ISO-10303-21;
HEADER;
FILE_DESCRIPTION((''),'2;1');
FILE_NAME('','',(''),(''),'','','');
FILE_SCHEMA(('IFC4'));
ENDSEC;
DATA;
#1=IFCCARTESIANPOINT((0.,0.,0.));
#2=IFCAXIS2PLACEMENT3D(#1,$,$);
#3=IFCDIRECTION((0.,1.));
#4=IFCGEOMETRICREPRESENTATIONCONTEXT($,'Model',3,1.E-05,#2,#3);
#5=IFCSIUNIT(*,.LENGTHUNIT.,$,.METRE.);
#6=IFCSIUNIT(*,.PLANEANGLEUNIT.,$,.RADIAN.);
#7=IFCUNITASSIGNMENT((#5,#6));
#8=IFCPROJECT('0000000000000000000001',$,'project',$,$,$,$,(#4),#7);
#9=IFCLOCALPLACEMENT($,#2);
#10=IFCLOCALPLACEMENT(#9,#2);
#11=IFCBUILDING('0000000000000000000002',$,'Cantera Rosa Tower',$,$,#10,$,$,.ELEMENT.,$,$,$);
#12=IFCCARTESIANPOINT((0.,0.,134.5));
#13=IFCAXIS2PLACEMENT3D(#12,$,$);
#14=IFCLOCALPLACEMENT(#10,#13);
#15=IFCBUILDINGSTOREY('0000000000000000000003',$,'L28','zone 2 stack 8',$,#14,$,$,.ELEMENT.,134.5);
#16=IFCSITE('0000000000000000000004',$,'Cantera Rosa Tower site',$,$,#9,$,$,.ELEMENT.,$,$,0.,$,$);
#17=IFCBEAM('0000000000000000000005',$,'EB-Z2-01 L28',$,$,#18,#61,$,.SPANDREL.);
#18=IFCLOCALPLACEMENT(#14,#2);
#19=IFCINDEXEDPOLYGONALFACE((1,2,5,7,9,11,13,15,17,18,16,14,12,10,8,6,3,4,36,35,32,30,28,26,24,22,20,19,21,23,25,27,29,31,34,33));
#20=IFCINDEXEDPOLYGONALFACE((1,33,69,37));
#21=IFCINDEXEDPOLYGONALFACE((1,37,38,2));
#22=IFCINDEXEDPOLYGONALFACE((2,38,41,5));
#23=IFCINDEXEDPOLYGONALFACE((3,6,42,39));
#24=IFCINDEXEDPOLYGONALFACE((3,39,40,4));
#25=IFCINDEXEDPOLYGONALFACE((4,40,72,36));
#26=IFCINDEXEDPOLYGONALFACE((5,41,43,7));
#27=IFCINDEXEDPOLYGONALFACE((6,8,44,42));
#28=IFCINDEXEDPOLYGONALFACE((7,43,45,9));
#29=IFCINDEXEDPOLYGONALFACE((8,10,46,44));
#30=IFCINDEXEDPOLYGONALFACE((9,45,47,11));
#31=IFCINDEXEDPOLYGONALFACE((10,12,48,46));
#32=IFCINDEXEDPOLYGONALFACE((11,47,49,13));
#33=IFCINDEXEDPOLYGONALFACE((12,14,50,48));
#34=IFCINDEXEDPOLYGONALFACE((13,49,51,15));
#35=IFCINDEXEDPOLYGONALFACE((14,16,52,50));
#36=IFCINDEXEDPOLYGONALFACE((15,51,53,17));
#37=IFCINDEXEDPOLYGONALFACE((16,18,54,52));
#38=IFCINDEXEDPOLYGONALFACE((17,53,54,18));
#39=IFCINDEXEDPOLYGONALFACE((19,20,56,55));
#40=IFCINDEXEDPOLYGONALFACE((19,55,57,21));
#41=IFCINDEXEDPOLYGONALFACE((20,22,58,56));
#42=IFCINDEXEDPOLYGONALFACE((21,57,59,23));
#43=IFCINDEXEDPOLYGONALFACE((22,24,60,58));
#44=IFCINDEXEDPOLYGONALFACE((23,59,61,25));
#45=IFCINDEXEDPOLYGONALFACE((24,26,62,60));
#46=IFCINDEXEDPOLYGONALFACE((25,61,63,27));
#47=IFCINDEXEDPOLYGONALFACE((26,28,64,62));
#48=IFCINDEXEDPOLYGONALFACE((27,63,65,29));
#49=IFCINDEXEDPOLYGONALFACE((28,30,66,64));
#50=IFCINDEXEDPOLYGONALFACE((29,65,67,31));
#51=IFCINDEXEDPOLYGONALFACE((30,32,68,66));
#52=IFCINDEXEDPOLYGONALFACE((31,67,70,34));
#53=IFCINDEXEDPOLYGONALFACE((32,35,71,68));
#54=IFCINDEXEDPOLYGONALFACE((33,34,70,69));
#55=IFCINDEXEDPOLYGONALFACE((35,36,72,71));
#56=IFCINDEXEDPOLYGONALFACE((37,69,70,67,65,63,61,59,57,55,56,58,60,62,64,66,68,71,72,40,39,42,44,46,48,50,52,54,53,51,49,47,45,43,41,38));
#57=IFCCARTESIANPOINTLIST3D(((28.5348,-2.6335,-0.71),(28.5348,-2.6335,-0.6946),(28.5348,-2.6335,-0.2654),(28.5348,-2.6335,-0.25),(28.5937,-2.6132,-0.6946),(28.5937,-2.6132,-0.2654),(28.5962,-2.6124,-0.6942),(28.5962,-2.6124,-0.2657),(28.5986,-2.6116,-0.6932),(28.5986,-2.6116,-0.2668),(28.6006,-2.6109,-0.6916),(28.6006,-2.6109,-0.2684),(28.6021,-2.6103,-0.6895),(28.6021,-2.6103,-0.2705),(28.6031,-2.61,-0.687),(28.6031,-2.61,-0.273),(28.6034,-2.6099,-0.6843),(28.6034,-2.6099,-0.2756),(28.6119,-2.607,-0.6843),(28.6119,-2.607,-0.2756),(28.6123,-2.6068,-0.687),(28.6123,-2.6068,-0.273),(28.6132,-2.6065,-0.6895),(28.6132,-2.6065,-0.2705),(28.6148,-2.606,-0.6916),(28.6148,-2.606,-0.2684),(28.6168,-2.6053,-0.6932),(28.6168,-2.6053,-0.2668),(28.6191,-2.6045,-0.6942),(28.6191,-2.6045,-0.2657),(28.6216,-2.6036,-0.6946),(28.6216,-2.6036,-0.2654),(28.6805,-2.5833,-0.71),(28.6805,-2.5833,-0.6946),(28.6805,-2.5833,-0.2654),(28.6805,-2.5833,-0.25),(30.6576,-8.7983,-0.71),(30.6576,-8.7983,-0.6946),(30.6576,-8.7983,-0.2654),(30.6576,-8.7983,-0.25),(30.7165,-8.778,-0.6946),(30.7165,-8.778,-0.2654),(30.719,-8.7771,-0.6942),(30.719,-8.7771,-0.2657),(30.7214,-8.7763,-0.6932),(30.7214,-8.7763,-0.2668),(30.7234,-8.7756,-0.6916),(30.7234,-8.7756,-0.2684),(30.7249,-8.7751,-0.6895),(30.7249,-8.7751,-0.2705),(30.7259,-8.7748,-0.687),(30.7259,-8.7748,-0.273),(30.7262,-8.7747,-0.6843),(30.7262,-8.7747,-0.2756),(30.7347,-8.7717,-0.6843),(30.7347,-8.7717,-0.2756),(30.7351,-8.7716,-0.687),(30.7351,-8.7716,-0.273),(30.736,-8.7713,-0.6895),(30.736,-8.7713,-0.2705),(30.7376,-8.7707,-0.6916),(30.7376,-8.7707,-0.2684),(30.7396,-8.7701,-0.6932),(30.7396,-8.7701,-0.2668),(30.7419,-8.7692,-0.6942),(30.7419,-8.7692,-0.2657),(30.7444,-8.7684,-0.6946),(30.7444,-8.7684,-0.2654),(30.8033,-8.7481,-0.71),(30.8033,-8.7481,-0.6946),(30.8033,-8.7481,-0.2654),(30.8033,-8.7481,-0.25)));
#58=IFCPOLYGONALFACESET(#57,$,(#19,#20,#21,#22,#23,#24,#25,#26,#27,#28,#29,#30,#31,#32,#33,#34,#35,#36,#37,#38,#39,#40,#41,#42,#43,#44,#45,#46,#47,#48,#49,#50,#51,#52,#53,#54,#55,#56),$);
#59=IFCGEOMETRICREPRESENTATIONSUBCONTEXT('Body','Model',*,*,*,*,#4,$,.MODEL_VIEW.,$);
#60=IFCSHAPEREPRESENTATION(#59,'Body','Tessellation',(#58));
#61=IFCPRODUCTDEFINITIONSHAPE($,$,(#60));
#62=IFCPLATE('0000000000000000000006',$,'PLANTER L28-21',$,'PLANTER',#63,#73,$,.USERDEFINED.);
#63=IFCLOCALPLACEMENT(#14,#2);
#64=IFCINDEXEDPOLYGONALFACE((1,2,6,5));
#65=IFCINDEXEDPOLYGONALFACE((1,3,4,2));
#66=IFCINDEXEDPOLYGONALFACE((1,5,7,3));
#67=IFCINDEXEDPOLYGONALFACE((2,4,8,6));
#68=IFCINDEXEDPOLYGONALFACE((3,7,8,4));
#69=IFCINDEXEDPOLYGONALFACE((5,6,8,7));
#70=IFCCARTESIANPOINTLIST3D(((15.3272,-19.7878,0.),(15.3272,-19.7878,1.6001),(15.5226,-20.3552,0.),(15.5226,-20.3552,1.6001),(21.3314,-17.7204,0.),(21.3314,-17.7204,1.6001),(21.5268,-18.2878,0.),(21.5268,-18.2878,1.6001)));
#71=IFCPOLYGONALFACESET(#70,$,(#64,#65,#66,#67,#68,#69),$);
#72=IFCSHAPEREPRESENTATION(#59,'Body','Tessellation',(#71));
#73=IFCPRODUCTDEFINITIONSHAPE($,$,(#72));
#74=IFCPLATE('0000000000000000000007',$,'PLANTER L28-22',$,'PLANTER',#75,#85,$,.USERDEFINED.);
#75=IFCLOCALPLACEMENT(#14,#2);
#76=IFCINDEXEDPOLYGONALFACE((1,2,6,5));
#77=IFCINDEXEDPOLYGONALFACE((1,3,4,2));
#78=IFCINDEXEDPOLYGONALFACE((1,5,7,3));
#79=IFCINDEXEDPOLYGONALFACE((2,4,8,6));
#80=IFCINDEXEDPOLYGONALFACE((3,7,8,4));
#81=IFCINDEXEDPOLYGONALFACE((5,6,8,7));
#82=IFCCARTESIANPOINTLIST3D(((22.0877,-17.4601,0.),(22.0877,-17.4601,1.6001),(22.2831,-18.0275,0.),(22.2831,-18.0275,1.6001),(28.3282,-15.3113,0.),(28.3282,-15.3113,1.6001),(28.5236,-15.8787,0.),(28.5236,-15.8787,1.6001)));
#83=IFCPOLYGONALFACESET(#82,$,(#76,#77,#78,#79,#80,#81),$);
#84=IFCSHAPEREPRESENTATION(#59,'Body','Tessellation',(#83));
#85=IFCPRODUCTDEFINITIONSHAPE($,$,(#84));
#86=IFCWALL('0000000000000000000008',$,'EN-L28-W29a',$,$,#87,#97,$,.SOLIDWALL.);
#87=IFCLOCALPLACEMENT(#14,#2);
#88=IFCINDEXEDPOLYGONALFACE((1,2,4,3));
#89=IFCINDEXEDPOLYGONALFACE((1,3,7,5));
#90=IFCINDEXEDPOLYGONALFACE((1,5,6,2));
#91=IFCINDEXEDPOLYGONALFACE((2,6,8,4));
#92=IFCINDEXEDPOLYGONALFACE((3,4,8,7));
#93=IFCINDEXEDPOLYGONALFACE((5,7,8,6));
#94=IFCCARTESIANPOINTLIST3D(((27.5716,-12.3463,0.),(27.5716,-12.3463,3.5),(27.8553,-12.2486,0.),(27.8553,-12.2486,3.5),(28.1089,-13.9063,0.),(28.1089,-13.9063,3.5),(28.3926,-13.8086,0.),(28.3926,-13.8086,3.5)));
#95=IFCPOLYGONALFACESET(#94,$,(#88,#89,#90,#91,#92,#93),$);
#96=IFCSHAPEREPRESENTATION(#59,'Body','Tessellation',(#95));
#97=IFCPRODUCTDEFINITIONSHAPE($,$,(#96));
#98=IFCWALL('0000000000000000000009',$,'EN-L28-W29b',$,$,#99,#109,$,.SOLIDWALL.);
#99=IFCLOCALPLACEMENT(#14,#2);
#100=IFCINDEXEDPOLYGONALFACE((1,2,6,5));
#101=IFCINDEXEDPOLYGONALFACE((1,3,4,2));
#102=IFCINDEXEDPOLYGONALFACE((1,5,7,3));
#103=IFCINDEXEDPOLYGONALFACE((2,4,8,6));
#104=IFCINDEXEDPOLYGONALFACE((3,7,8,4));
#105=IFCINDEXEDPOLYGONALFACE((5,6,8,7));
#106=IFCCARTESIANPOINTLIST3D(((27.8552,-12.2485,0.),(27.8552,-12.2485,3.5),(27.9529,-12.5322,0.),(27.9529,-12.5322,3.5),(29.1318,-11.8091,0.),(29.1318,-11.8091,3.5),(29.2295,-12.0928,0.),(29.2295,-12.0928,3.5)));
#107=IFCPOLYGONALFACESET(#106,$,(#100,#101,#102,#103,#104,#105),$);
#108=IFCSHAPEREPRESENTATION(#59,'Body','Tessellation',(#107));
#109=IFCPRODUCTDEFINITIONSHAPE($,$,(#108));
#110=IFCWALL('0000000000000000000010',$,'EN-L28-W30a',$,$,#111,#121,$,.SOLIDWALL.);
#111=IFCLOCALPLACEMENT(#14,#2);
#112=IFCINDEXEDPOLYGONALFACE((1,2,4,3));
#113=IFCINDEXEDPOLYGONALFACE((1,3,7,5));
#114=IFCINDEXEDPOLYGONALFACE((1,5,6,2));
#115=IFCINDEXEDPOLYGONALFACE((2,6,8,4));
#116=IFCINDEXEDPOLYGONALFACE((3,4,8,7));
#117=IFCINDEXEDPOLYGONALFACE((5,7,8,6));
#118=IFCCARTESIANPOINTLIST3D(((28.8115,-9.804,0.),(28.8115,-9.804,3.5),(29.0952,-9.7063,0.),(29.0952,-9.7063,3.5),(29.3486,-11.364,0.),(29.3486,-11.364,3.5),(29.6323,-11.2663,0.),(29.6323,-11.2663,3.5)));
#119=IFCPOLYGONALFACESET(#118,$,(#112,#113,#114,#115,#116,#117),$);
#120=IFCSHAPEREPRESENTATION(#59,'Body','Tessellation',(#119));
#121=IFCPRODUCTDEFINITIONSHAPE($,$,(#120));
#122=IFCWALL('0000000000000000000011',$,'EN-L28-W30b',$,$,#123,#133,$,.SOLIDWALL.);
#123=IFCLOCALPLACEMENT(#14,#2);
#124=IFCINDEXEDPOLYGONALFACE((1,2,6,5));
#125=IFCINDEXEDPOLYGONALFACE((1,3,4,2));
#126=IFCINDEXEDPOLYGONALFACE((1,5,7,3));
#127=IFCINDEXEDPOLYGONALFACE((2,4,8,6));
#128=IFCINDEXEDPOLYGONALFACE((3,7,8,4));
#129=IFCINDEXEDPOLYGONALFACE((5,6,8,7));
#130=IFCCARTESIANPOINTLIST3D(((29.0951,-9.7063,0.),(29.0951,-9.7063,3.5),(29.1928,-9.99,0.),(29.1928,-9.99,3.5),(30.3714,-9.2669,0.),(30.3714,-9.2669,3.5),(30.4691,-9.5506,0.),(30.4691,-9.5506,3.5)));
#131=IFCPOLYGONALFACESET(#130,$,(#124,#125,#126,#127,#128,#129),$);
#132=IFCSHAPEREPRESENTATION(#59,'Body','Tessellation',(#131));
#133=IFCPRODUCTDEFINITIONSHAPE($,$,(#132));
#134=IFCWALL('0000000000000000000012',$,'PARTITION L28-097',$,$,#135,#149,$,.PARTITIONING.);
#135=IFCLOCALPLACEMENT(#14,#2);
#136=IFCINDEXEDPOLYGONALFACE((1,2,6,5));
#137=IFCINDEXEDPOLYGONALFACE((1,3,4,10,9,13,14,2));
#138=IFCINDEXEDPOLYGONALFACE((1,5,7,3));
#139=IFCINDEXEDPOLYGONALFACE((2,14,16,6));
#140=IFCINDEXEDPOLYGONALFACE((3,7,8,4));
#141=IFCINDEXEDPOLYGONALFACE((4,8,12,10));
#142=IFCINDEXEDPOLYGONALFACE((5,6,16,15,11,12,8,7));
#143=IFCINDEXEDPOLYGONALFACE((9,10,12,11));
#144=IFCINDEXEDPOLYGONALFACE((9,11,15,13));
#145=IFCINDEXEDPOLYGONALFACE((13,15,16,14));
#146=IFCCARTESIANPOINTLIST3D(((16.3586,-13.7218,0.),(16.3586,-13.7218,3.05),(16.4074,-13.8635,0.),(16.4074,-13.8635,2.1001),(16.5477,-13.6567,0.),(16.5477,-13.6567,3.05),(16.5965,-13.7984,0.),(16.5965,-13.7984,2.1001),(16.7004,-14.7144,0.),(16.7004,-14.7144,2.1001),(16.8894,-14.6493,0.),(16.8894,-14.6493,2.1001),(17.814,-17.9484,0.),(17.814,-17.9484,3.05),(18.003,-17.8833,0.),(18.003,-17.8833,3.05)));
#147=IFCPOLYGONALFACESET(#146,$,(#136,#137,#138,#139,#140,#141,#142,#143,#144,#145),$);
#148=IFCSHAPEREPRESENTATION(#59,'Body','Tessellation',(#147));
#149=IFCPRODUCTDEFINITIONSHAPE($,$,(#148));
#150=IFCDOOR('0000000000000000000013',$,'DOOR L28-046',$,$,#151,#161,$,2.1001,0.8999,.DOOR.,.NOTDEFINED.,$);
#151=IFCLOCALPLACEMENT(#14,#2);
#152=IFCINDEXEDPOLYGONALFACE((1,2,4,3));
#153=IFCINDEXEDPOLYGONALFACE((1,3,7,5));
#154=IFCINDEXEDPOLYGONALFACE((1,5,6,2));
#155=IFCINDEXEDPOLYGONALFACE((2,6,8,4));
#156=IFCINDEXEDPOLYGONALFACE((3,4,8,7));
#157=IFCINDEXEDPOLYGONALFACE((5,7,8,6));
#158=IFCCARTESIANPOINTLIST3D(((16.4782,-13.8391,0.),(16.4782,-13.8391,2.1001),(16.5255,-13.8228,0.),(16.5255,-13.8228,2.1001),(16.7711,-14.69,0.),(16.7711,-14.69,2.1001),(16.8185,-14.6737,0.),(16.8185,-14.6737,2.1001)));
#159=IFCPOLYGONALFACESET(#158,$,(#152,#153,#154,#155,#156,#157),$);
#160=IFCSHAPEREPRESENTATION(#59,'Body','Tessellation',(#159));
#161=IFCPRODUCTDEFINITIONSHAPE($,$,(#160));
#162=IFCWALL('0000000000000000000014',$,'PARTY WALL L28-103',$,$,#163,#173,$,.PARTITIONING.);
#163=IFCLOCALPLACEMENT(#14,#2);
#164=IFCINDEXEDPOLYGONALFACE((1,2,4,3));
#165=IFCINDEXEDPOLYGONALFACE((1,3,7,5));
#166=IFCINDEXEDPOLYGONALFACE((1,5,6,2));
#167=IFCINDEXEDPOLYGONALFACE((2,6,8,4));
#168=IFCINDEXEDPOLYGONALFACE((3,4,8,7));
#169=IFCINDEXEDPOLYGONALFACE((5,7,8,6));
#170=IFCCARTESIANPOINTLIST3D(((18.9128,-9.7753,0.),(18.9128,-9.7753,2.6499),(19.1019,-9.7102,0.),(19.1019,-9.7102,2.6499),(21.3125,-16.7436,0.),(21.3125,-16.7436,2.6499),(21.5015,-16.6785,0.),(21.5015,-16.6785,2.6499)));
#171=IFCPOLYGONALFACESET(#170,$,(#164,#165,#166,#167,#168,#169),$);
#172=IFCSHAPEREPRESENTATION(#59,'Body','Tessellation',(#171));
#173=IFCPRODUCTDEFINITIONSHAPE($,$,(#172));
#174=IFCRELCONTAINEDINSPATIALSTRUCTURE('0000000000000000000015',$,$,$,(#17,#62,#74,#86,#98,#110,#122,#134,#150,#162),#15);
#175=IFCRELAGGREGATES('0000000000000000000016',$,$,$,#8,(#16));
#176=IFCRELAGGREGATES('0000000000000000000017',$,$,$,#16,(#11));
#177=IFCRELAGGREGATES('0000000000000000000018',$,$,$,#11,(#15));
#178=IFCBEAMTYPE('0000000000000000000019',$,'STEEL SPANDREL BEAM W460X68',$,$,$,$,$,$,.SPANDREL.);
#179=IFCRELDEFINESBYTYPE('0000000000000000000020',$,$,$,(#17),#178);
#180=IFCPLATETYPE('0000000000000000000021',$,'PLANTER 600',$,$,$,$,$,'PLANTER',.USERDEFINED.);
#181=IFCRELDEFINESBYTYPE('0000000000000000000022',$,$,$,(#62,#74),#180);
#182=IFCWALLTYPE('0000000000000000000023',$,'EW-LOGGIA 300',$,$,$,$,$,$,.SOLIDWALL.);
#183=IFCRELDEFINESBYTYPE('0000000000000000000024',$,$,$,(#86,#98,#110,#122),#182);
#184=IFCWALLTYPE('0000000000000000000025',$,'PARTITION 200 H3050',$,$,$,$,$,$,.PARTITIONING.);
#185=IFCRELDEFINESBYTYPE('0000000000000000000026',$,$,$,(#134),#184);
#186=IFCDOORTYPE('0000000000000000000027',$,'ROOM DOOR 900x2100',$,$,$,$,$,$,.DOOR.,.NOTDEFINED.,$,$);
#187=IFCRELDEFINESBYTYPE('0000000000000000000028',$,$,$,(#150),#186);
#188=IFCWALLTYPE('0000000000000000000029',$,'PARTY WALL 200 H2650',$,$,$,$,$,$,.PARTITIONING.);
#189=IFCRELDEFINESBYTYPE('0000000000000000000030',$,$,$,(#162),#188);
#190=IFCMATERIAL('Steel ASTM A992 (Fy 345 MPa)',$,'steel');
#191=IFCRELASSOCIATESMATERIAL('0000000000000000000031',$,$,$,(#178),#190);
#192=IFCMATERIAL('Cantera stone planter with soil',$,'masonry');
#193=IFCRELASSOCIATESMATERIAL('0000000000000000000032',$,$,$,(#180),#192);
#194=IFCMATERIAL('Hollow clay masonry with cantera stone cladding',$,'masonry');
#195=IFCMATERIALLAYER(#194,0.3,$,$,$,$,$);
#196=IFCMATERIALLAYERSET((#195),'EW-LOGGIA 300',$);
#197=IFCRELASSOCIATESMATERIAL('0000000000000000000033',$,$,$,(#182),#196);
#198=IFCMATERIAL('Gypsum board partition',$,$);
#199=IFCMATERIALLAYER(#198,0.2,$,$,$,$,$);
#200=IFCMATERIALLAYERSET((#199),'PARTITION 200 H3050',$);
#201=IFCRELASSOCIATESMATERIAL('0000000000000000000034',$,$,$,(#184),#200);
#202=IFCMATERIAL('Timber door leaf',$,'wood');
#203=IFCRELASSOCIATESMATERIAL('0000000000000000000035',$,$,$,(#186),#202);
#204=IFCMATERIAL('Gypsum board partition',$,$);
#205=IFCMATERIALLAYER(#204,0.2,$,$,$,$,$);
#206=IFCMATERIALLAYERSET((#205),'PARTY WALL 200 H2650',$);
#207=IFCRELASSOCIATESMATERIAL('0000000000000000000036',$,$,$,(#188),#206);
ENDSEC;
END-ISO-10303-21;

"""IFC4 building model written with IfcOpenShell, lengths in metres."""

from ifc_helpers import new_model, si_unit, direction, frame, frame_2d, origin, origin_2d, place, context, subcontext, project, spatial, rectangle, i_section, extrude, material, layer, layer_set, material_profile, profile_set, type_object, element, fill, save


model = new_model("IFC4")

# Units and contexts
model_context = context("Model", 3, precision=1e-05, world=origin(), true_north=direction((0.0, 1.0)))
body_context = subcontext(model_context, "Body", "Model", "MODEL_VIEW")
ifc_project = project(units=[si_unit("LENGTHUNIT", "METRE"), si_unit("PLANEANGLEUNIT", "RADIAN")], contexts=[model_context])

# Site, building, storey
site_placement = place(None, origin())
site = spatial("IfcSite", under=ifc_project, at=site_placement, Name="Cantera Rosa Tower site", CompositionType="ELEMENT", RefElevation=0.0)
building_placement = place(site_placement, origin())
building = spatial("IfcBuilding", under=site, at=building_placement, Name="Cantera Rosa Tower", CompositionType="ELEMENT")
storey_placement = place(building_placement, frame((0.0, 0.0, 134.5)))
storey = spatial("IfcBuildingStorey", under=building, at=storey_placement, Name="L28", Description="zone 2 stack 8", CompositionType="ELEMENT", Elevation=134.5)

# Beam
ifc_material_1 = material(Name="Steel ASTM A992 (Fy 345 MPa)", Category="steel")
ifc_material_profile_1 = material_profile(ifc_material_1, i_section(OverallWidth=0.1541, OverallDepth=0.46, WebThickness=0.009, FlangeThickness=0.0154, FilletRadius=0.0103, at=origin_2d()), Name="W460X68")
ifc_profile_set_1 = profile_set([ifc_material_profile_1], Name="Steel ASTM A992 (Fy 345 MPa)")
beam_type_1 = type_object("IfcBeamType", Name="STEEL SPANDREL BEAM W460X68", PredefinedType="SPANDREL", material=ifc_profile_set_1)
beam_1_placement = place(storey_placement, frame((30.7305, -8.7732, -0.48), z_axis=(-0.325581, 0.945514, 0.0), x_axis=(-0.945514, -0.325581, 0.0)))
element("IfcBeam", 1, at=beam_1_placement, inside=storey, type_object=beam_type_1, Name="EB-Z2-01 L28", PredefinedType="SPANDREL", context=body_context, shape_type="SweptSolid", body=[
    extrude(i_section(OverallWidth=0.1541, OverallDepth=0.46, WebThickness=0.009, FlangeThickness=0.0154, FilletRadius=0.0103, at=origin_2d()), origin(), (0.0, 0.0, 1.0), 6.52),
])

# Plates
ifc_material_2 = material(Name="Cantera stone planter with soil", Category="masonry")
plate_type = type_object("IfcPlateType", Name="PLANTER 600", ElementType="PLANTER", PredefinedType="USERDEFINED", material=ifc_material_2)
plate_1_placement = place(storey_placement, frame((18.427, -19.0378, 0.0), z_axis=(0.0, 0.0, 1.0), x_axis=(0.945519, 0.325568, 0.0)))
element("IfcPlate", 2, at=plate_1_placement, inside=storey, type_object=plate_type, Name="PLANTER L28-21", ObjectType="PLANTER", PredefinedType="USERDEFINED", context=body_context, shape_type="SweptSolid", body=[
    extrude(rectangle(XDim=6.3501, YDim=0.6001, at=origin_2d()), origin(), (0.0, 0.0, 1.0), 1.6001),
])
plate_2_placement = place(storey_placement, frame((25.3057, -16.6694, 0.0), z_axis=(0.0, 0.0, 1.0), x_axis=(0.945519, 0.325568, 0.0)))
element("IfcPlate", 3, at=plate_2_placement, inside=storey, type_object=plate_type, Name="PLANTER L28-22", ObjectType="PLANTER", PredefinedType="USERDEFINED", context=body_context, shape_type="SweptSolid", body=[
    extrude(rectangle(XDim=6.6001, YDim=0.6001, at=origin_2d()), origin(), (0.0, 0.0, 1.0), 1.6001),
])

# Walls
ifc_material_3 = material(Name="Hollow clay masonry with cantera stone cladding", Category="masonry")
ifc_layer_1 = layer(ifc_material_3, 0.3)
ifc_layer_set_1 = layer_set([ifc_layer_1], Name="EW-LOGGIA 300")
wall_type_1 = type_object("IfcWallType", Name="EW-LOGGIA 300", PredefinedType="SOLIDWALL", material=ifc_layer_set_1)
wall_1_placement = place(storey_placement, frame((28.2507, -13.8574, 0.0), z_axis=(0.0, 0.0, 1.0), x_axis=(-0.325667, 0.945485, 0.0)))
element("IfcWall", 4, at=wall_1_placement, inside=storey, type_object=wall_type_1, Name="EN-L28-W29a", PredefinedType="SOLIDWALL", context=body_context, shape_type="SweptSolid", body=[
    extrude(rectangle(XDim=1.6499, YDim=0.3, at=frame_2d((0.825, 0.0))), origin(), (0.0, 0.0, 1.0), 3.5),
])
wall_2_placement = place(storey_placement, frame((27.9041, -12.3904, 0.0), z_axis=(0.0, 0.0, 1.0), x_axis=(0.945546, 0.325489, 0.0)))
element("IfcWall", 5, at=wall_2_placement, inside=storey, type_object=wall_type_1, Name="EN-L28-W29b", PredefinedType="SOLIDWALL", context=body_context, shape_type="SweptSolid", body=[
    extrude(rectangle(XDim=1.3501, YDim=0.3, at=frame_2d((0.675, 0.0))), origin(), (0.0, 0.0, 1.0), 3.5),
])
wall_3_placement = place(storey_placement, frame((29.4905, -11.3152, 0.0), z_axis=(0.0, 0.0, 1.0), x_axis=(-0.325535, 0.94553, 0.0)))
element("IfcWall", 6, at=wall_3_placement, inside=storey, type_object=wall_type_1, Name="EN-L28-W30a", PredefinedType="SOLIDWALL", context=body_context, shape_type="SweptSolid", body=[
    extrude(rectangle(XDim=1.6499, YDim=0.3, at=frame_2d((0.825, 0.0))), origin(), (0.0, 0.0, 1.0), 3.5),
])
wall_4_placement = place(storey_placement, frame((29.144, -9.8481, 0.0), z_axis=(0.0, 0.0, 1.0), x_axis=(0.945527, 0.325545, 0.0)))
element("IfcWall", 7, at=wall_4_placement, inside=storey, type_object=wall_type_1, Name="EN-L28-W30b", PredefinedType="SOLIDWALL", context=body_context, shape_type="SweptSolid", body=[
    extrude(rectangle(XDim=1.3499, YDim=0.3, at=frame_2d((0.6748, 0.0))), origin(), (0.0, 0.0, 1.0), 3.5),
])

# Wall, opening, door
ifc_material_4 = material(Name="Gypsum board partition")
ifc_layer_2 = layer(ifc_material_4, 0.2)
ifc_layer_set_2 = layer_set([ifc_layer_2], Name="PARTITION 200 H3050")
wall_type_2 = type_object("IfcWallType", Name="PARTITION 200 H3050", PredefinedType="PARTITIONING", material=ifc_layer_set_2)
wall_5_placement = place(storey_placement, frame((16.4531, -13.6892, 0.0), z_axis=(0.0, 0.0, 1.0), x_axis=(0.325568, -0.945519, 0.0)))
wall_5 = element("IfcWall", 8, at=wall_5_placement, inside=storey, type_object=wall_type_2, Name="PARTITION L28-097", PredefinedType="PARTITIONING", context=body_context, shape_type="SweptSolid", body=[
    extrude(rectangle(XDim=4.4702, YDim=0.2, at=frame_2d((2.2351, 0.0))), origin(), (0.0, 0.0, 1.0), 3.05),
])
opening_1_placement = place(wall_5_placement, frame((0.1499, 0.0, 0.0)))
opening_1 = element("IfcOpeningElement", 9, at=opening_1_placement, cuts=wall_5, PredefinedType="OPENING", context=body_context, shape_type="SweptSolid", body=[
    extrude(rectangle(XDim=0.8999, YDim=2.1001, at=frame_2d((0.45, 1.05))), frame((0.0, 0.1099, 0.0), z_axis=(0.0, -1.0, 0.0), x_axis=(1.0, 0.0, 0.0)), (0.0, 0.0, 1.0), 0.22),
])
ifc_material_5 = material(Name="Timber door leaf", Category="wood")
door_type_1 = type_object("IfcDoorType", Name="ROOM DOOR 900x2100", OperationType="NOTDEFINED", PredefinedType="DOOR", material=ifc_material_5)
door_1_placement = place(opening_1_placement, origin())
door_1 = element("IfcDoor", 10, at=door_1_placement, inside=storey, type_object=door_type_1, Name="DOOR L28-046", OperationType="NOTDEFINED", OverallHeight=2.1001, OverallWidth=0.8999, PredefinedType="DOOR", context=body_context, shape_type="SweptSolid", body=[
    extrude(rectangle(XDim=0.8999, YDim=2.1001, at=frame_2d((0.45, 1.05))), frame((0.0, 0.0249, 0.0), z_axis=(0.0, -1.0, 0.0), x_axis=(1.0, 0.0, 0.0)), (0.0, 0.0, 1.0), 0.05),
])
fill(opening_1, door_1)

# Wall
ifc_material_6 = material(Name="Gypsum board partition")
ifc_layer_3 = layer(ifc_material_6, 0.2)
ifc_layer_set_3 = layer_set([ifc_layer_3], Name="PARTY WALL 200 H2650")
wall_type_3 = type_object("IfcWallType", Name="PARTY WALL 200 H2650", PredefinedType="PARTITIONING", material=ifc_layer_set_3)
wall_6_placement = place(storey_placement, frame((19.0073, -9.7427, 0.0), z_axis=(0.0, 0.0, 1.0), x_axis=(0.325604, -0.945506, 0.0)))
element("IfcWall", 11, at=wall_6_placement, inside=storey, type_object=wall_type_3, Name="PARTY WALL L28-103", PredefinedType="PARTITIONING", context=body_context, shape_type="SweptSolid", body=[
    extrude(rectangle(XDim=7.3699, YDim=0.2, at=frame_2d((3.6851, 0.0))), origin(), (0.0, 0.0, 1.0), 2.6499),
])

save(model, "model.ifc")
